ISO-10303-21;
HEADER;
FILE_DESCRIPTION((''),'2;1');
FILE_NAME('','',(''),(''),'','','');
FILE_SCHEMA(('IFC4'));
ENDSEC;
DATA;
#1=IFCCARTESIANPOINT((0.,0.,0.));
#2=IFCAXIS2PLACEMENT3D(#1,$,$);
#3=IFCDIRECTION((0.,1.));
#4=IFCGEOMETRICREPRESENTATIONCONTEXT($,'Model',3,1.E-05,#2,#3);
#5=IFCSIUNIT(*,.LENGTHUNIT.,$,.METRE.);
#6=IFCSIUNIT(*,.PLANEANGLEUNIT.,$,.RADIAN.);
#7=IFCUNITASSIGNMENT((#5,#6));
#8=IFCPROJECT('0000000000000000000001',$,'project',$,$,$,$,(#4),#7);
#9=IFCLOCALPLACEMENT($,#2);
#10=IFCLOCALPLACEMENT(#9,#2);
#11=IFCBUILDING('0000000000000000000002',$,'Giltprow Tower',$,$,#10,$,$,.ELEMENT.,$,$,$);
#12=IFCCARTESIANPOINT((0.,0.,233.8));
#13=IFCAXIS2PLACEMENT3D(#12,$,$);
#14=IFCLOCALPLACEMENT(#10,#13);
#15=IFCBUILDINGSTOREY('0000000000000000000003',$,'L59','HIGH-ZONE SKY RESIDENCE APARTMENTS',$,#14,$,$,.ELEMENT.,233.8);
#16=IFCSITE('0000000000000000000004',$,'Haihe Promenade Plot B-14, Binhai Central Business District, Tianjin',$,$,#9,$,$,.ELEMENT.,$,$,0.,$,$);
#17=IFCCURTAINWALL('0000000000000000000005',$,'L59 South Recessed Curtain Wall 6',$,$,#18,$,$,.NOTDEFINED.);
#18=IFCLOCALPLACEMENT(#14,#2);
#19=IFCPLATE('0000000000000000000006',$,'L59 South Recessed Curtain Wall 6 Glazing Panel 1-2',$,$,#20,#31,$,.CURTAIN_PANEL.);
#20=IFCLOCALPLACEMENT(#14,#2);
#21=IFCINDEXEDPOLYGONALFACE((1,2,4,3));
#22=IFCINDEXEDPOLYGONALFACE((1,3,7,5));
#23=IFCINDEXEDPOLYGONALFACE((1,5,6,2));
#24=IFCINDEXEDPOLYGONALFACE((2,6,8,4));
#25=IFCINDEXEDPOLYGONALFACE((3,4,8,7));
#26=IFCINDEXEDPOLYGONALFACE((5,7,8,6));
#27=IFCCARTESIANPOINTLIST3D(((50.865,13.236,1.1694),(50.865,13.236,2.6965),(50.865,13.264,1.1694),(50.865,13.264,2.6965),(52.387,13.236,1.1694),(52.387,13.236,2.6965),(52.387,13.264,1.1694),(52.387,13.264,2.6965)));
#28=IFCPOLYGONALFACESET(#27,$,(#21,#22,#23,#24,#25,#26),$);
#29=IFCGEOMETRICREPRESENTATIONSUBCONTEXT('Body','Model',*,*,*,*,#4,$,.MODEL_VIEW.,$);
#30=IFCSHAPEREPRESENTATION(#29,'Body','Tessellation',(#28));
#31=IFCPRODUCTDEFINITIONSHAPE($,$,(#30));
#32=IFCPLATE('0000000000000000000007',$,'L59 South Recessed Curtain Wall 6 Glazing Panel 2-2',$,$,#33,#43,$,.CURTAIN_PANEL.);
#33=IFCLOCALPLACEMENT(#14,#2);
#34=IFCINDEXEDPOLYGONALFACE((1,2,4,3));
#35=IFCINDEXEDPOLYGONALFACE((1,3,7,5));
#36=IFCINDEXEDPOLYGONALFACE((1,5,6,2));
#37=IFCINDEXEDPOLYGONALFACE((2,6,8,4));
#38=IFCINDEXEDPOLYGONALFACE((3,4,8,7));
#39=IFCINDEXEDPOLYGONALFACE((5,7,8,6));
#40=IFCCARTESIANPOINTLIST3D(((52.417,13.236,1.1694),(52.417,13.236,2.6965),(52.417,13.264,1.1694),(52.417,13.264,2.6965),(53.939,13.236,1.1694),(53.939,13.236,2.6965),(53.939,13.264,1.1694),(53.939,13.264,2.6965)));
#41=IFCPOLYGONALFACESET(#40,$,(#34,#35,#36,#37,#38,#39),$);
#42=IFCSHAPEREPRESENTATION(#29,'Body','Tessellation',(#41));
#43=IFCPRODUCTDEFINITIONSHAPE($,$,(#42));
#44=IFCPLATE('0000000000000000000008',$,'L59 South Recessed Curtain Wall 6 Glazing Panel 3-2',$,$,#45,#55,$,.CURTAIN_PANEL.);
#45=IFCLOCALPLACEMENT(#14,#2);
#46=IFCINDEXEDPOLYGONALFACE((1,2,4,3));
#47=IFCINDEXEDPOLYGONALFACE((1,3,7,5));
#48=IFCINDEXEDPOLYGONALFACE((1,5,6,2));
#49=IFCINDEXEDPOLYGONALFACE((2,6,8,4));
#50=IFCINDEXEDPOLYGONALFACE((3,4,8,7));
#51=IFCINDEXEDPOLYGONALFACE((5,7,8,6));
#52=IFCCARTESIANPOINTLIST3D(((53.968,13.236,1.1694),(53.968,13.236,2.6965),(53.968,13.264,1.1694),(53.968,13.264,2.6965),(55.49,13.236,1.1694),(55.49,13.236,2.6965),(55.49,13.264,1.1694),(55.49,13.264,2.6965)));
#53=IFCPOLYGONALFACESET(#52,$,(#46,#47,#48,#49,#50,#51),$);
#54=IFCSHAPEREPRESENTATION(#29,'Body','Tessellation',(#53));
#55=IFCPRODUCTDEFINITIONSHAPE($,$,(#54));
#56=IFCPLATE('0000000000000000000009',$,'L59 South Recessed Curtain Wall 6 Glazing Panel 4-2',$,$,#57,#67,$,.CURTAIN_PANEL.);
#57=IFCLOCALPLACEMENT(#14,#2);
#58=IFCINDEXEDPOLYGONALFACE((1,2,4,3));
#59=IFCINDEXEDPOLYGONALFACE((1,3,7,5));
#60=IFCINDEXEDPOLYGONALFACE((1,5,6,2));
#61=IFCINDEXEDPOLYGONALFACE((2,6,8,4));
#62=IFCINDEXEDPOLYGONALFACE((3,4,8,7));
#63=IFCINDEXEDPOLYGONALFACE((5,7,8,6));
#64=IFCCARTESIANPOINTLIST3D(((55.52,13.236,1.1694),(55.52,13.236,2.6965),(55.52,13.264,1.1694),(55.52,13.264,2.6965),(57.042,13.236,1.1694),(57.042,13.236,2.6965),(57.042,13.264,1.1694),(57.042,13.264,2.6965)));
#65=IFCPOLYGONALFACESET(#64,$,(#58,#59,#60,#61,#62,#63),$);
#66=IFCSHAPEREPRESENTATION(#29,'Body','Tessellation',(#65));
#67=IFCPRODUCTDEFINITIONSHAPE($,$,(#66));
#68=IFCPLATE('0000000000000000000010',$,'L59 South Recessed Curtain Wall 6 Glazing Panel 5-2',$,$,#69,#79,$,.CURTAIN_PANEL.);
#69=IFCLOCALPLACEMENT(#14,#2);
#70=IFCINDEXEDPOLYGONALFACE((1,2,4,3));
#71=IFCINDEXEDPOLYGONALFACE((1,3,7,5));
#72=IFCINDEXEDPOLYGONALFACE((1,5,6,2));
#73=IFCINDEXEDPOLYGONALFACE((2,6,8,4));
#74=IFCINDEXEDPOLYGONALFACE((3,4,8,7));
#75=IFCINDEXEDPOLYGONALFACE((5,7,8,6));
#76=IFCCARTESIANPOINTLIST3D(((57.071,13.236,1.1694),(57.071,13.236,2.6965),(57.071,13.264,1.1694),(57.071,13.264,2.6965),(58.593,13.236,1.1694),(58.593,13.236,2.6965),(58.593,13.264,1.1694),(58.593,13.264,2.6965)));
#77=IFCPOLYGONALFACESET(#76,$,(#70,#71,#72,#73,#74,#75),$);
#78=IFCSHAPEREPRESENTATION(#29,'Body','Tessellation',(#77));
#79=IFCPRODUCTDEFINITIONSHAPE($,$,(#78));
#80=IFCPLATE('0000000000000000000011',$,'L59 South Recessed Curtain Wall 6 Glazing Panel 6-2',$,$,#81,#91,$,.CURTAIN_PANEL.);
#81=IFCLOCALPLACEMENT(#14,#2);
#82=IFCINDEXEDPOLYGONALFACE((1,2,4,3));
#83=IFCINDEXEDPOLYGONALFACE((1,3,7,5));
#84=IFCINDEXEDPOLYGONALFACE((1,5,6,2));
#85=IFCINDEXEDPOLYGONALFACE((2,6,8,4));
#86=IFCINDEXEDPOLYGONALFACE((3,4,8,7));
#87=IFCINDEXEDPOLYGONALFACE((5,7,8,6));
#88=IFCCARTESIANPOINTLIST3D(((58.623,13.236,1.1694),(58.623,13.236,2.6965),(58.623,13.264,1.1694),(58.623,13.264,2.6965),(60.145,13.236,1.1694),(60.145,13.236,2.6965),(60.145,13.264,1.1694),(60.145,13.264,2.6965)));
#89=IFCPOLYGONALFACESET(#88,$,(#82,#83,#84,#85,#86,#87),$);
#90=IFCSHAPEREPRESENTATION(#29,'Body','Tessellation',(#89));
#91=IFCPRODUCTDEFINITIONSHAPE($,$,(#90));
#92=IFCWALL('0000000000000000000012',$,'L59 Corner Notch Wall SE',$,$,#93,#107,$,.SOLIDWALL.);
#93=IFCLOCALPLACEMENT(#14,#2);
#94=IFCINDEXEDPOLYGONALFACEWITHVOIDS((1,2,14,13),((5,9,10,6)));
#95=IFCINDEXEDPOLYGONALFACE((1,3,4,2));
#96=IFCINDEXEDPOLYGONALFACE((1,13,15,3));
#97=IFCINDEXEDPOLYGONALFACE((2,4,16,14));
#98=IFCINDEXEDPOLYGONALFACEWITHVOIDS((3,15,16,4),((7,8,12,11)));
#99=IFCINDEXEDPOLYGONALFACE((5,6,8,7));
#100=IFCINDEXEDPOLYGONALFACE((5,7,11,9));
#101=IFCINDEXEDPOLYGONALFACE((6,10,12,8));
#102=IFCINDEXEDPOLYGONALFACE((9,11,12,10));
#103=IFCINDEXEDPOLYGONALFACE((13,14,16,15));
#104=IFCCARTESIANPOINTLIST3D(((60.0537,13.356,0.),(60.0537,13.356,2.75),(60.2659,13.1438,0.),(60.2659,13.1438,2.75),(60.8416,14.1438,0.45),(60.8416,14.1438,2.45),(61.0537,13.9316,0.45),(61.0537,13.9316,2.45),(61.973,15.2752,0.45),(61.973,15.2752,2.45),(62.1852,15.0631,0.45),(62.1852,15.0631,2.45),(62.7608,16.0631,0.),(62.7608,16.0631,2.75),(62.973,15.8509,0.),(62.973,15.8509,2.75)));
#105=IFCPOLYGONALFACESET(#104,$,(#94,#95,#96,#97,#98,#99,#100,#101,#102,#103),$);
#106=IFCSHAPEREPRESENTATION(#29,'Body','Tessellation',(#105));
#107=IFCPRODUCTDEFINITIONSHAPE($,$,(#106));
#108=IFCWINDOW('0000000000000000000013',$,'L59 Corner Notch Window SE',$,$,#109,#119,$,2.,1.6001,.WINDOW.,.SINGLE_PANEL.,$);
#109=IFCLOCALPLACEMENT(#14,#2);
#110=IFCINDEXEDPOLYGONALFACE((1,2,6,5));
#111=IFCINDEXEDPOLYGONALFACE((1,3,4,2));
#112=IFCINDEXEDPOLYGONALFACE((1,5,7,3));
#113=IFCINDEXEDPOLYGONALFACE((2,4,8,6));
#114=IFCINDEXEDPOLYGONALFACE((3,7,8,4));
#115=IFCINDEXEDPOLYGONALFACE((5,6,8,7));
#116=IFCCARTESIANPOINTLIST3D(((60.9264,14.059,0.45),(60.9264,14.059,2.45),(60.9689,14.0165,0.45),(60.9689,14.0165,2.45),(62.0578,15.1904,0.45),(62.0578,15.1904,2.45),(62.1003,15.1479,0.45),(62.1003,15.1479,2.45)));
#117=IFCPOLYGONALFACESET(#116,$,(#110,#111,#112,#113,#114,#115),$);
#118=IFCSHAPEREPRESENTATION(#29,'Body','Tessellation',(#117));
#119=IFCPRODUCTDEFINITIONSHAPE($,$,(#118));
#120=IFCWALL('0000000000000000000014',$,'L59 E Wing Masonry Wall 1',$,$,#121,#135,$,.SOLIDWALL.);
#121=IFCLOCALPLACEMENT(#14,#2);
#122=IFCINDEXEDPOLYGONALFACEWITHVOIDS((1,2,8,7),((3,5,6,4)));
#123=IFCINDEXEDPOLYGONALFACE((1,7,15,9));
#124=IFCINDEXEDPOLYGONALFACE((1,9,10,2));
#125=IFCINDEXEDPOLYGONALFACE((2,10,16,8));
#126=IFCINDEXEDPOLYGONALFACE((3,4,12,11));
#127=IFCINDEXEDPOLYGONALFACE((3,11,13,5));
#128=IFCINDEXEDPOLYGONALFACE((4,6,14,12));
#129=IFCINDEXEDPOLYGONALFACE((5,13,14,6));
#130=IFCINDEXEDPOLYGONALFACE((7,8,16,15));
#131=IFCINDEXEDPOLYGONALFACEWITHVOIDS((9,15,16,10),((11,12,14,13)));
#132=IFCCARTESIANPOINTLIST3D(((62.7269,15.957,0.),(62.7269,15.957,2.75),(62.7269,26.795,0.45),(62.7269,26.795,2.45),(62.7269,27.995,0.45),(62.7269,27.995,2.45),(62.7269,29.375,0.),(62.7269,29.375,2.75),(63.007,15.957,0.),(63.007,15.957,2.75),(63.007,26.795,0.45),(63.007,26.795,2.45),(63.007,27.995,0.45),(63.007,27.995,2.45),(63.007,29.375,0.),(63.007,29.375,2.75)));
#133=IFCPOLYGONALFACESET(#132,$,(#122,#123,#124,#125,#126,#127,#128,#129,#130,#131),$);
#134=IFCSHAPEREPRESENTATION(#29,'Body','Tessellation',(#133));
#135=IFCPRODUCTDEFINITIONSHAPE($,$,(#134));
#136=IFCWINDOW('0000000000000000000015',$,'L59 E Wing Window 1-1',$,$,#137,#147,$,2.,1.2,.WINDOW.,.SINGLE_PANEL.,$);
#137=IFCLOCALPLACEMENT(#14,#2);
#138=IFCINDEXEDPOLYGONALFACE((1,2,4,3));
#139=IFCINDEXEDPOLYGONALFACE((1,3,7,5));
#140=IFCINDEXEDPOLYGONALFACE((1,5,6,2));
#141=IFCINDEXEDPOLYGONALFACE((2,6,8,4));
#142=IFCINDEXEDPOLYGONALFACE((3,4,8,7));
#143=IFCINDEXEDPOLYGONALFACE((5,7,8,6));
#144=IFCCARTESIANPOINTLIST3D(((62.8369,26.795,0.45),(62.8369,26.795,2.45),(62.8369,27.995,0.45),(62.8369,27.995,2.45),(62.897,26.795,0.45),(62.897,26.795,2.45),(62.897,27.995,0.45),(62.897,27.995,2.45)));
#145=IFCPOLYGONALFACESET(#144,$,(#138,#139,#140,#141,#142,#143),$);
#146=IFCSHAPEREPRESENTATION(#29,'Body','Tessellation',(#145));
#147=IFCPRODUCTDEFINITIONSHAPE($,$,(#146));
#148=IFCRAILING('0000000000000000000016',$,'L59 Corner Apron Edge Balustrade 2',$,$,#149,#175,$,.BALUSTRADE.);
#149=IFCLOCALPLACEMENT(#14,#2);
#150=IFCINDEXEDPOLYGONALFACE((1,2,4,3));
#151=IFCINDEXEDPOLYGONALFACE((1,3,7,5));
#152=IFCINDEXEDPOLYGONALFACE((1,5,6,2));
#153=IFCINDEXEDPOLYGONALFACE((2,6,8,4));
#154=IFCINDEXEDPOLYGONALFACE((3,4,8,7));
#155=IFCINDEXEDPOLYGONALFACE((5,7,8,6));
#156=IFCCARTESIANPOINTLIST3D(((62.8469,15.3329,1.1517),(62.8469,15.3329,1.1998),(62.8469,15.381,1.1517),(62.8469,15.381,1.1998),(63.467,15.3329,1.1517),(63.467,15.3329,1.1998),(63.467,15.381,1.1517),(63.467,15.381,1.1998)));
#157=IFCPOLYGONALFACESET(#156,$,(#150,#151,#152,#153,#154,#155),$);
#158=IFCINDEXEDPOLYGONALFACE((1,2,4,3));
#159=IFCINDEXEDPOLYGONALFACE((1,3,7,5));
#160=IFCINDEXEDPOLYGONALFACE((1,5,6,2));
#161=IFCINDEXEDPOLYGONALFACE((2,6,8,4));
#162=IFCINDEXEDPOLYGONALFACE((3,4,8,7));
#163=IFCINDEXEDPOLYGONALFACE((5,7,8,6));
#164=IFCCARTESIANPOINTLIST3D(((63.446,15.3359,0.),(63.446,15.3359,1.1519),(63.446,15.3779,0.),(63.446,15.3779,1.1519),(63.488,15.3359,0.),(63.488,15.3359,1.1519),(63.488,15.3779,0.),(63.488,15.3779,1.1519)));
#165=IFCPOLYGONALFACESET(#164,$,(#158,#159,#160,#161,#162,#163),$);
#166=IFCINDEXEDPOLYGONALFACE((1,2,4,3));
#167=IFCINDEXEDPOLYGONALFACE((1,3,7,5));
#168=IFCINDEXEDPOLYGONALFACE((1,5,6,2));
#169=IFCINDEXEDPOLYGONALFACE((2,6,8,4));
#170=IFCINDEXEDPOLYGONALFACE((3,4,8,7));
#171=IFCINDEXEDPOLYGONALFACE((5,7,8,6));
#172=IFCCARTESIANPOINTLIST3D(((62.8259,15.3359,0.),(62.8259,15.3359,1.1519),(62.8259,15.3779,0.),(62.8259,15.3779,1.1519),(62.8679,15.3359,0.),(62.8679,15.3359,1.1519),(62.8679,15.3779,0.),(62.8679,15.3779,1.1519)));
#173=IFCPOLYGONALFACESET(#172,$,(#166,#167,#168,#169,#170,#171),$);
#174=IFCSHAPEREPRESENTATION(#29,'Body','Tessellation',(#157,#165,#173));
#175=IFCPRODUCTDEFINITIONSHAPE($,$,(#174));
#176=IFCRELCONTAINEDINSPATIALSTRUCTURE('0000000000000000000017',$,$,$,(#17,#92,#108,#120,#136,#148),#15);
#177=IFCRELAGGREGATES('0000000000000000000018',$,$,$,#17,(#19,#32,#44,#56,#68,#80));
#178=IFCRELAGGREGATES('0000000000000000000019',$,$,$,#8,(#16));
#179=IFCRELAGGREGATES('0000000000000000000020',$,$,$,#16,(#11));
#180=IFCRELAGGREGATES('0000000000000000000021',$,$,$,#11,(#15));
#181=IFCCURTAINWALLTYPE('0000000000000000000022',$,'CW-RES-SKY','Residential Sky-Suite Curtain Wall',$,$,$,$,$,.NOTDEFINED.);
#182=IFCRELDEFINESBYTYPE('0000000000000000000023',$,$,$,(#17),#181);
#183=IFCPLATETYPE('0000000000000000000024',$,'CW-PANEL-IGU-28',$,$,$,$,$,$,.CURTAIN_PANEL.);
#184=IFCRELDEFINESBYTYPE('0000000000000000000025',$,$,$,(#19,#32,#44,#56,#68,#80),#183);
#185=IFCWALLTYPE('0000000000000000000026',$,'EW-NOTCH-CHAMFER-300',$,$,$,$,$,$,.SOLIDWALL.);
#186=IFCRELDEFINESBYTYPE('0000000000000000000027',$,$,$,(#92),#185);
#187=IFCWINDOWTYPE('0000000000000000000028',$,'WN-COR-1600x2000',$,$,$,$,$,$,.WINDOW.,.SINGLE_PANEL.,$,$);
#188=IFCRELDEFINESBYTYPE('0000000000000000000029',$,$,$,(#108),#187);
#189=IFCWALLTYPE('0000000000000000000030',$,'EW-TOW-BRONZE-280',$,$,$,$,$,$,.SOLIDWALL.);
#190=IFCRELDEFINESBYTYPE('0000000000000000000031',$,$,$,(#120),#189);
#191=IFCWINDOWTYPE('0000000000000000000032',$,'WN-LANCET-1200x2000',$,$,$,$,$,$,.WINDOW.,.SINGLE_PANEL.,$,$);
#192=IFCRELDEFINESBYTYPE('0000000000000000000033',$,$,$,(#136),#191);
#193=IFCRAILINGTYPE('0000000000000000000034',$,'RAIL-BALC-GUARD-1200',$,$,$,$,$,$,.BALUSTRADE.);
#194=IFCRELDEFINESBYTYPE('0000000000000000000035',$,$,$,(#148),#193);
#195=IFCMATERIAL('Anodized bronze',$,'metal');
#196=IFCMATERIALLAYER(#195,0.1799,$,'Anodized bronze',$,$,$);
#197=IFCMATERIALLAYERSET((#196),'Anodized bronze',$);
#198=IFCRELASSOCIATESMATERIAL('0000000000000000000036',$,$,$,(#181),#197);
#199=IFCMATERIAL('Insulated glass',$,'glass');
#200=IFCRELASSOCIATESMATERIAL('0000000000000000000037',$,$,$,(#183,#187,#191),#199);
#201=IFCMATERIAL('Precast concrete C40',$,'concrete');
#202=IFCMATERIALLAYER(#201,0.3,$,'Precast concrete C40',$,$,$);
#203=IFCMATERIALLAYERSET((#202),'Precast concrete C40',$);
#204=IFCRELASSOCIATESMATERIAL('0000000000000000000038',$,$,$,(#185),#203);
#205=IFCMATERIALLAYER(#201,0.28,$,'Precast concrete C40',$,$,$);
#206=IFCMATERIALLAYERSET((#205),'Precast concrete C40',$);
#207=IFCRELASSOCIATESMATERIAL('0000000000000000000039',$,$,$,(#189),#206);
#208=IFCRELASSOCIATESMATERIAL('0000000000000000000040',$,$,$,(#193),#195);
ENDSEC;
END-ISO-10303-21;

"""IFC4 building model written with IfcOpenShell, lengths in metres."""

from ifc_helpers import new_model, si_unit, direction, frame, frame_2d, origin, origin_2d, place, context, subcontext, project, spatial, rectangle, extrude, source, transform, mapped, material, layer, layer_set, type_object, element, fill, aggregate, save


model = new_model("IFC4")

# Units and contexts
model_context = context("Model", 3, precision=1e-05, world=origin(), true_north=direction((0.0, 1.0)))
body_context = subcontext(model_context, "Body", "Model", "MODEL_VIEW")
ifc_project = project(units=[si_unit("LENGTHUNIT", "METRE"), si_unit("PLANEANGLEUNIT", "RADIAN")], contexts=[model_context])

# Site, building, storey
site_placement = place(None, origin())
site = spatial("IfcSite", under=ifc_project, at=site_placement, Name="Haihe Promenade Plot B-14, Binhai Central Business District, Tianjin", CompositionType="ELEMENT", RefElevation=0.0)
building_placement = place(site_placement, origin())
building = spatial("IfcBuilding", under=site, at=building_placement, Name="Giltprow Tower", CompositionType="ELEMENT")
storey_placement = place(building_placement, frame((0.0, 0.0, 233.8)))
storey = spatial("IfcBuildingStorey", under=building, at=storey_placement, Name="L59", Description="HIGH-ZONE SKY RESIDENCE APARTMENTS", CompositionType="ELEMENT", Elevation=233.8)

# Curtain wall
ifc_material_1 = material(Name="Anodized bronze", Category="metal")
ifc_layer_1 = layer(ifc_material_1, 0.1799, Name="Anodized bronze")
ifc_layer_set_1 = layer_set([ifc_layer_1], Name="Anodized bronze")
curtain_wall_type = type_object("IfcCurtainWallType", Name="CW-RES-SKY", Description="Residential Sky-Suite Curtain Wall", PredefinedType="NOTDEFINED", material=ifc_layer_set_1)
curtain_wall_placement = place(storey_placement, origin())
curtain_wall = element("IfcCurtainWall", 1, at=curtain_wall_placement, inside=storey, type_object=curtain_wall_type, Name="L59 South Recessed Curtain Wall 6", PredefinedType="NOTDEFINED")

# Plates
ifc_material_2 = material(Name="Insulated glass", Category="glass")
plate_type_1 = type_object("IfcPlateType", Name="CW-PANEL-IGU-28", PredefinedType="CURTAIN_PANEL", material=ifc_material_2)
shared_shape_1 = source(origin(), body_context, "Body", "SweptSolid", [
    extrude(rectangle(XDim=1.522, YDim=0.0281, at=origin_2d()), origin(), (0.0, 0.0, 1.0), 1.5271),
])
plate_1_placement = place(storey_placement, frame((51.626, 13.25, 1.1694), z_axis=(0.0, 0.0, 1.0), x_axis=(1.0, 0.0, 0.0)))
plate_1 = element("IfcPlate", 2, at=plate_1_placement, type_object=plate_type_1, Name="L59 South Recessed Curtain Wall 6 Glazing Panel 1-2", PredefinedType="CURTAIN_PANEL", context=body_context, shape_type="MappedRepresentation", body=[
    mapped(shared_shape_1, transform((0.0, 0.0, 0.0), x_axis=(1.0, 0.0, 0.0), y_axis=(0.0, 1.0, 0.0), z_axis=(0.0, 0.0, 1.0), scale=1.0)),
])
plate_2_placement = place(storey_placement, frame((53.178, 13.25, 1.1694), z_axis=(0.0, 0.0, 1.0), x_axis=(1.0, 0.0, 0.0)))
plate_2 = element("IfcPlate", 3, at=plate_2_placement, type_object=plate_type_1, Name="L59 South Recessed Curtain Wall 6 Glazing Panel 2-2", PredefinedType="CURTAIN_PANEL", context=body_context, shape_type="MappedRepresentation", body=[
    mapped(shared_shape_1, transform((0.0, 0.0, 0.0), x_axis=(1.0, 0.0, 0.0), y_axis=(0.0, 1.0, 0.0), z_axis=(0.0, 0.0, 1.0), scale=1.0)),
])
plate_3_placement = place(storey_placement, frame((54.729, 13.25, 1.1694), z_axis=(0.0, 0.0, 1.0), x_axis=(1.0, 0.0, 0.0)))
plate_3 = element("IfcPlate", 4, at=plate_3_placement, type_object=plate_type_1, Name="L59 South Recessed Curtain Wall 6 Glazing Panel 3-2", PredefinedType="CURTAIN_PANEL", context=body_context, shape_type="MappedRepresentation", body=[
    mapped(shared_shape_1, transform((0.0, 0.0, 0.0), x_axis=(1.0, 0.0, 0.0), y_axis=(0.0, 1.0, 0.0), z_axis=(0.0, 0.0, 1.0), scale=1.0)),
])
plate_4_placement = place(storey_placement, frame((56.281, 13.25, 1.1694), z_axis=(0.0, 0.0, 1.0), x_axis=(1.0, 0.0, 0.0)))
plate_4 = element("IfcPlate", 5, at=plate_4_placement, type_object=plate_type_1, Name="L59 South Recessed Curtain Wall 6 Glazing Panel 4-2", PredefinedType="CURTAIN_PANEL", context=body_context, shape_type="MappedRepresentation", body=[
    mapped(shared_shape_1, transform((0.0, 0.0, 0.0), x_axis=(1.0, 0.0, 0.0), y_axis=(0.0, 1.0, 0.0), z_axis=(0.0, 0.0, 1.0), scale=1.0)),
])
plate_5_placement = place(storey_placement, frame((57.832, 13.25, 1.1694), z_axis=(0.0, 0.0, 1.0), x_axis=(1.0, 0.0, 0.0)))
plate_5 = element("IfcPlate", 6, at=plate_5_placement, type_object=plate_type_1, Name="L59 South Recessed Curtain Wall 6 Glazing Panel 5-2", PredefinedType="CURTAIN_PANEL", context=body_context, shape_type="MappedRepresentation", body=[
    mapped(shared_shape_1, transform((0.0, 0.0, 0.0), x_axis=(1.0, 0.0, 0.0), y_axis=(0.0, 1.0, 0.0), z_axis=(0.0, 0.0, 1.0), scale=1.0)),
])
plate_6_placement = place(storey_placement, frame((59.384, 13.25, 1.1694), z_axis=(0.0, 0.0, 1.0), x_axis=(1.0, 0.0, 0.0)))
plate_6 = element("IfcPlate", 7, at=plate_6_placement, type_object=plate_type_1, Name="L59 South Recessed Curtain Wall 6 Glazing Panel 6-2", PredefinedType="CURTAIN_PANEL", context=body_context, shape_type="MappedRepresentation", body=[
    mapped(shared_shape_1, transform((0.0, 0.0, 0.0), x_axis=(1.0, 0.0, 0.0), y_axis=(0.0, 1.0, 0.0), z_axis=(0.0, 0.0, 1.0), scale=1.0)),
])
aggregate(curtain_wall, [plate_1, plate_2, plate_3, plate_4, plate_5, plate_6])

# Walls, openings, windows
ifc_material_3 = material(Name="Precast concrete C40", Category="concrete")
ifc_layer_2 = layer(ifc_material_3, 0.3, Name="Precast concrete C40")
ifc_layer_set_2 = layer_set([ifc_layer_2], Name="Precast concrete C40")
wall_type_1 = type_object("IfcWallType", Name="EW-NOTCH-CHAMFER-300", PredefinedType="SOLIDWALL", material=ifc_layer_set_2)
wall_1_placement = place(storey_placement, frame((60.1599, 13.25, 0.0), z_axis=(0.0, 0.0, 1.0), x_axis=(0.707107, 0.707107, 0.0)))
wall_1 = element("IfcWall", 8, at=wall_1_placement, inside=storey, type_object=wall_type_1, Name="L59 Corner Notch Wall SE", PredefinedType="SOLIDWALL", context=body_context, shape_type="SweptSolid", body=[
    extrude(rectangle(XDim=3.8284, YDim=0.3, at=frame_2d((1.9141, 0.0))), origin(), (0.0, 0.0, 1.0), 2.75),
])
opening_1_placement = place(wall_1_placement, frame((1.114, 0.0, 0.45)))
opening_1 = element("IfcOpeningElement", 9, at=opening_1_placement, cuts=wall_1, PredefinedType="OPENING", context=body_context, shape_type="SweptSolid", body=[
    extrude(rectangle(XDim=1.6001, YDim=2.0, at=frame_2d((0.8, 1.0))), frame((0.0, 0.1599, 0.0), z_axis=(0.0, -1.0, 0.0), x_axis=(1.0, 0.0, 0.0)), (0.0, 0.0, 1.0), 0.3201),
])
window_type_1 = type_object("IfcWindowType", Name="WN-COR-1600x2000", PartitioningType="SINGLE_PANEL", PredefinedType="WINDOW", material=ifc_material_2)
shared_shape_2 = source(origin(), body_context, "Body", "SweptSolid", [
    extrude(rectangle(XDim=1.6001, YDim=2.0, at=frame_2d((0.8, 1.0))), frame((0.0, 0.03, 0.0), z_axis=(0.0, -1.0, 0.0), x_axis=(1.0, 0.0, 0.0)), (0.0, 0.0, 1.0), 0.0601),
])
window_1_placement = place(opening_1_placement, origin())
window_1 = element("IfcWindow", 10, at=window_1_placement, inside=storey, type_object=window_type_1, Name="L59 Corner Notch Window SE", OverallHeight=2.0, OverallWidth=1.6001, PartitioningType="SINGLE_PANEL", PredefinedType="WINDOW", context=body_context, shape_type="MappedRepresentation", body=[
    mapped(shared_shape_2, transform((0.0, 0.0, 0.0), x_axis=(1.0, 0.0, 0.0), y_axis=(0.0, 1.0, 0.0), z_axis=(0.0, 0.0, 1.0), scale=1.0)),
])
fill(opening_1, window_1)
ifc_layer_3 = layer(ifc_material_3, 0.28, Name="Precast concrete C40")
ifc_layer_set_3 = layer_set([ifc_layer_3], Name="Precast concrete C40")
wall_type_2 = type_object("IfcWallType", Name="EW-TOW-BRONZE-280", PredefinedType="SOLIDWALL", material=ifc_layer_set_3)
wall_2_placement = place(storey_placement, frame((62.8669, 15.957, 0.0), z_axis=(0.0, 0.0, 1.0), x_axis=(0.0, 1.0, 0.0)))
wall_2 = element("IfcWall", 11, at=wall_2_placement, inside=storey, type_object=wall_type_2, Name="L59 E Wing Masonry Wall 1", PredefinedType="SOLIDWALL", context=body_context, shape_type="SweptSolid", body=[
    extrude(rectangle(XDim=13.418, YDim=0.28, at=frame_2d((6.709, 0.0))), origin(), (0.0, 0.0, 1.0), 2.75),
])
opening_2_placement = place(wall_2_placement, frame((10.8379, 0.0, 0.45)))
opening_2 = element("IfcOpeningElement", 12, at=opening_2_placement, cuts=wall_2, PredefinedType="OPENING", context=body_context, shape_type="SweptSolid", body=[
    extrude(rectangle(XDim=1.2, YDim=2.0, at=frame_2d((0.6001, 1.0))), frame((0.0, 0.1499, 0.0), z_axis=(0.0, -1.0, 0.0), x_axis=(1.0, 0.0, 0.0)), (0.0, 0.0, 1.0), 0.3),
])
window_type_2 = type_object("IfcWindowType", Name="WN-LANCET-1200x2000", PartitioningType="SINGLE_PANEL", PredefinedType="WINDOW", material=ifc_material_2)
shared_shape_3 = source(origin(), body_context, "Body", "SweptSolid", [
    extrude(rectangle(XDim=1.2, YDim=2.0, at=frame_2d((0.6001, 1.0))), frame((0.0, 0.03, 0.0), z_axis=(0.0, -1.0, 0.0), x_axis=(1.0, 0.0, 0.0)), (0.0, 0.0, 1.0), 0.0601),
])
window_2_placement = place(opening_2_placement, origin())
window_2 = element("IfcWindow", 13, at=window_2_placement, inside=storey, type_object=window_type_2, Name="L59 E Wing Window 1-1", OverallHeight=2.0, OverallWidth=1.2, PartitioningType="SINGLE_PANEL", PredefinedType="WINDOW", context=body_context, shape_type="MappedRepresentation", body=[
    mapped(shared_shape_3, transform((0.0, 0.0, 0.0), x_axis=(1.0, 0.0, 0.0), y_axis=(0.0, 1.0, 0.0), z_axis=(0.0, 0.0, 1.0), scale=1.0)),
])
fill(opening_2, window_2)

# Railing
railing_type = type_object("IfcRailingType", Name="RAIL-BALC-GUARD-1200", PredefinedType="BALUSTRADE", material=ifc_material_1)
railing_1_placement = place(storey_placement, frame((63.467, 15.3569, 0.0)))
element("IfcRailing", 14, at=railing_1_placement, inside=storey, type_object=railing_type, Name="L59 Corner Apron Edge Balustrade 2", PredefinedType="BALUSTRADE", context=body_context, shape_type="SweptSolid", body=[
    extrude(rectangle(XDim=0.0481, YDim=0.0481, at=origin_2d()), frame((0.0, 0.0, 1.1758), z_axis=(-1.0, 0.0, 0.0), x_axis=(0.0, -1.0, 0.0)), (0.0, 0.0, 1.0), 0.6201),
    extrude(rectangle(XDim=0.042, YDim=0.042, at=origin_2d()), origin(), (0.0, 0.0, 1.0), 1.1519),
    extrude(rectangle(XDim=0.042, YDim=0.042, at=origin_2d()), frame((-0.6201, 0.0, 0.0)), (0.0, 0.0, 1.0), 1.1519),
])

save(model, "model.ifc")
